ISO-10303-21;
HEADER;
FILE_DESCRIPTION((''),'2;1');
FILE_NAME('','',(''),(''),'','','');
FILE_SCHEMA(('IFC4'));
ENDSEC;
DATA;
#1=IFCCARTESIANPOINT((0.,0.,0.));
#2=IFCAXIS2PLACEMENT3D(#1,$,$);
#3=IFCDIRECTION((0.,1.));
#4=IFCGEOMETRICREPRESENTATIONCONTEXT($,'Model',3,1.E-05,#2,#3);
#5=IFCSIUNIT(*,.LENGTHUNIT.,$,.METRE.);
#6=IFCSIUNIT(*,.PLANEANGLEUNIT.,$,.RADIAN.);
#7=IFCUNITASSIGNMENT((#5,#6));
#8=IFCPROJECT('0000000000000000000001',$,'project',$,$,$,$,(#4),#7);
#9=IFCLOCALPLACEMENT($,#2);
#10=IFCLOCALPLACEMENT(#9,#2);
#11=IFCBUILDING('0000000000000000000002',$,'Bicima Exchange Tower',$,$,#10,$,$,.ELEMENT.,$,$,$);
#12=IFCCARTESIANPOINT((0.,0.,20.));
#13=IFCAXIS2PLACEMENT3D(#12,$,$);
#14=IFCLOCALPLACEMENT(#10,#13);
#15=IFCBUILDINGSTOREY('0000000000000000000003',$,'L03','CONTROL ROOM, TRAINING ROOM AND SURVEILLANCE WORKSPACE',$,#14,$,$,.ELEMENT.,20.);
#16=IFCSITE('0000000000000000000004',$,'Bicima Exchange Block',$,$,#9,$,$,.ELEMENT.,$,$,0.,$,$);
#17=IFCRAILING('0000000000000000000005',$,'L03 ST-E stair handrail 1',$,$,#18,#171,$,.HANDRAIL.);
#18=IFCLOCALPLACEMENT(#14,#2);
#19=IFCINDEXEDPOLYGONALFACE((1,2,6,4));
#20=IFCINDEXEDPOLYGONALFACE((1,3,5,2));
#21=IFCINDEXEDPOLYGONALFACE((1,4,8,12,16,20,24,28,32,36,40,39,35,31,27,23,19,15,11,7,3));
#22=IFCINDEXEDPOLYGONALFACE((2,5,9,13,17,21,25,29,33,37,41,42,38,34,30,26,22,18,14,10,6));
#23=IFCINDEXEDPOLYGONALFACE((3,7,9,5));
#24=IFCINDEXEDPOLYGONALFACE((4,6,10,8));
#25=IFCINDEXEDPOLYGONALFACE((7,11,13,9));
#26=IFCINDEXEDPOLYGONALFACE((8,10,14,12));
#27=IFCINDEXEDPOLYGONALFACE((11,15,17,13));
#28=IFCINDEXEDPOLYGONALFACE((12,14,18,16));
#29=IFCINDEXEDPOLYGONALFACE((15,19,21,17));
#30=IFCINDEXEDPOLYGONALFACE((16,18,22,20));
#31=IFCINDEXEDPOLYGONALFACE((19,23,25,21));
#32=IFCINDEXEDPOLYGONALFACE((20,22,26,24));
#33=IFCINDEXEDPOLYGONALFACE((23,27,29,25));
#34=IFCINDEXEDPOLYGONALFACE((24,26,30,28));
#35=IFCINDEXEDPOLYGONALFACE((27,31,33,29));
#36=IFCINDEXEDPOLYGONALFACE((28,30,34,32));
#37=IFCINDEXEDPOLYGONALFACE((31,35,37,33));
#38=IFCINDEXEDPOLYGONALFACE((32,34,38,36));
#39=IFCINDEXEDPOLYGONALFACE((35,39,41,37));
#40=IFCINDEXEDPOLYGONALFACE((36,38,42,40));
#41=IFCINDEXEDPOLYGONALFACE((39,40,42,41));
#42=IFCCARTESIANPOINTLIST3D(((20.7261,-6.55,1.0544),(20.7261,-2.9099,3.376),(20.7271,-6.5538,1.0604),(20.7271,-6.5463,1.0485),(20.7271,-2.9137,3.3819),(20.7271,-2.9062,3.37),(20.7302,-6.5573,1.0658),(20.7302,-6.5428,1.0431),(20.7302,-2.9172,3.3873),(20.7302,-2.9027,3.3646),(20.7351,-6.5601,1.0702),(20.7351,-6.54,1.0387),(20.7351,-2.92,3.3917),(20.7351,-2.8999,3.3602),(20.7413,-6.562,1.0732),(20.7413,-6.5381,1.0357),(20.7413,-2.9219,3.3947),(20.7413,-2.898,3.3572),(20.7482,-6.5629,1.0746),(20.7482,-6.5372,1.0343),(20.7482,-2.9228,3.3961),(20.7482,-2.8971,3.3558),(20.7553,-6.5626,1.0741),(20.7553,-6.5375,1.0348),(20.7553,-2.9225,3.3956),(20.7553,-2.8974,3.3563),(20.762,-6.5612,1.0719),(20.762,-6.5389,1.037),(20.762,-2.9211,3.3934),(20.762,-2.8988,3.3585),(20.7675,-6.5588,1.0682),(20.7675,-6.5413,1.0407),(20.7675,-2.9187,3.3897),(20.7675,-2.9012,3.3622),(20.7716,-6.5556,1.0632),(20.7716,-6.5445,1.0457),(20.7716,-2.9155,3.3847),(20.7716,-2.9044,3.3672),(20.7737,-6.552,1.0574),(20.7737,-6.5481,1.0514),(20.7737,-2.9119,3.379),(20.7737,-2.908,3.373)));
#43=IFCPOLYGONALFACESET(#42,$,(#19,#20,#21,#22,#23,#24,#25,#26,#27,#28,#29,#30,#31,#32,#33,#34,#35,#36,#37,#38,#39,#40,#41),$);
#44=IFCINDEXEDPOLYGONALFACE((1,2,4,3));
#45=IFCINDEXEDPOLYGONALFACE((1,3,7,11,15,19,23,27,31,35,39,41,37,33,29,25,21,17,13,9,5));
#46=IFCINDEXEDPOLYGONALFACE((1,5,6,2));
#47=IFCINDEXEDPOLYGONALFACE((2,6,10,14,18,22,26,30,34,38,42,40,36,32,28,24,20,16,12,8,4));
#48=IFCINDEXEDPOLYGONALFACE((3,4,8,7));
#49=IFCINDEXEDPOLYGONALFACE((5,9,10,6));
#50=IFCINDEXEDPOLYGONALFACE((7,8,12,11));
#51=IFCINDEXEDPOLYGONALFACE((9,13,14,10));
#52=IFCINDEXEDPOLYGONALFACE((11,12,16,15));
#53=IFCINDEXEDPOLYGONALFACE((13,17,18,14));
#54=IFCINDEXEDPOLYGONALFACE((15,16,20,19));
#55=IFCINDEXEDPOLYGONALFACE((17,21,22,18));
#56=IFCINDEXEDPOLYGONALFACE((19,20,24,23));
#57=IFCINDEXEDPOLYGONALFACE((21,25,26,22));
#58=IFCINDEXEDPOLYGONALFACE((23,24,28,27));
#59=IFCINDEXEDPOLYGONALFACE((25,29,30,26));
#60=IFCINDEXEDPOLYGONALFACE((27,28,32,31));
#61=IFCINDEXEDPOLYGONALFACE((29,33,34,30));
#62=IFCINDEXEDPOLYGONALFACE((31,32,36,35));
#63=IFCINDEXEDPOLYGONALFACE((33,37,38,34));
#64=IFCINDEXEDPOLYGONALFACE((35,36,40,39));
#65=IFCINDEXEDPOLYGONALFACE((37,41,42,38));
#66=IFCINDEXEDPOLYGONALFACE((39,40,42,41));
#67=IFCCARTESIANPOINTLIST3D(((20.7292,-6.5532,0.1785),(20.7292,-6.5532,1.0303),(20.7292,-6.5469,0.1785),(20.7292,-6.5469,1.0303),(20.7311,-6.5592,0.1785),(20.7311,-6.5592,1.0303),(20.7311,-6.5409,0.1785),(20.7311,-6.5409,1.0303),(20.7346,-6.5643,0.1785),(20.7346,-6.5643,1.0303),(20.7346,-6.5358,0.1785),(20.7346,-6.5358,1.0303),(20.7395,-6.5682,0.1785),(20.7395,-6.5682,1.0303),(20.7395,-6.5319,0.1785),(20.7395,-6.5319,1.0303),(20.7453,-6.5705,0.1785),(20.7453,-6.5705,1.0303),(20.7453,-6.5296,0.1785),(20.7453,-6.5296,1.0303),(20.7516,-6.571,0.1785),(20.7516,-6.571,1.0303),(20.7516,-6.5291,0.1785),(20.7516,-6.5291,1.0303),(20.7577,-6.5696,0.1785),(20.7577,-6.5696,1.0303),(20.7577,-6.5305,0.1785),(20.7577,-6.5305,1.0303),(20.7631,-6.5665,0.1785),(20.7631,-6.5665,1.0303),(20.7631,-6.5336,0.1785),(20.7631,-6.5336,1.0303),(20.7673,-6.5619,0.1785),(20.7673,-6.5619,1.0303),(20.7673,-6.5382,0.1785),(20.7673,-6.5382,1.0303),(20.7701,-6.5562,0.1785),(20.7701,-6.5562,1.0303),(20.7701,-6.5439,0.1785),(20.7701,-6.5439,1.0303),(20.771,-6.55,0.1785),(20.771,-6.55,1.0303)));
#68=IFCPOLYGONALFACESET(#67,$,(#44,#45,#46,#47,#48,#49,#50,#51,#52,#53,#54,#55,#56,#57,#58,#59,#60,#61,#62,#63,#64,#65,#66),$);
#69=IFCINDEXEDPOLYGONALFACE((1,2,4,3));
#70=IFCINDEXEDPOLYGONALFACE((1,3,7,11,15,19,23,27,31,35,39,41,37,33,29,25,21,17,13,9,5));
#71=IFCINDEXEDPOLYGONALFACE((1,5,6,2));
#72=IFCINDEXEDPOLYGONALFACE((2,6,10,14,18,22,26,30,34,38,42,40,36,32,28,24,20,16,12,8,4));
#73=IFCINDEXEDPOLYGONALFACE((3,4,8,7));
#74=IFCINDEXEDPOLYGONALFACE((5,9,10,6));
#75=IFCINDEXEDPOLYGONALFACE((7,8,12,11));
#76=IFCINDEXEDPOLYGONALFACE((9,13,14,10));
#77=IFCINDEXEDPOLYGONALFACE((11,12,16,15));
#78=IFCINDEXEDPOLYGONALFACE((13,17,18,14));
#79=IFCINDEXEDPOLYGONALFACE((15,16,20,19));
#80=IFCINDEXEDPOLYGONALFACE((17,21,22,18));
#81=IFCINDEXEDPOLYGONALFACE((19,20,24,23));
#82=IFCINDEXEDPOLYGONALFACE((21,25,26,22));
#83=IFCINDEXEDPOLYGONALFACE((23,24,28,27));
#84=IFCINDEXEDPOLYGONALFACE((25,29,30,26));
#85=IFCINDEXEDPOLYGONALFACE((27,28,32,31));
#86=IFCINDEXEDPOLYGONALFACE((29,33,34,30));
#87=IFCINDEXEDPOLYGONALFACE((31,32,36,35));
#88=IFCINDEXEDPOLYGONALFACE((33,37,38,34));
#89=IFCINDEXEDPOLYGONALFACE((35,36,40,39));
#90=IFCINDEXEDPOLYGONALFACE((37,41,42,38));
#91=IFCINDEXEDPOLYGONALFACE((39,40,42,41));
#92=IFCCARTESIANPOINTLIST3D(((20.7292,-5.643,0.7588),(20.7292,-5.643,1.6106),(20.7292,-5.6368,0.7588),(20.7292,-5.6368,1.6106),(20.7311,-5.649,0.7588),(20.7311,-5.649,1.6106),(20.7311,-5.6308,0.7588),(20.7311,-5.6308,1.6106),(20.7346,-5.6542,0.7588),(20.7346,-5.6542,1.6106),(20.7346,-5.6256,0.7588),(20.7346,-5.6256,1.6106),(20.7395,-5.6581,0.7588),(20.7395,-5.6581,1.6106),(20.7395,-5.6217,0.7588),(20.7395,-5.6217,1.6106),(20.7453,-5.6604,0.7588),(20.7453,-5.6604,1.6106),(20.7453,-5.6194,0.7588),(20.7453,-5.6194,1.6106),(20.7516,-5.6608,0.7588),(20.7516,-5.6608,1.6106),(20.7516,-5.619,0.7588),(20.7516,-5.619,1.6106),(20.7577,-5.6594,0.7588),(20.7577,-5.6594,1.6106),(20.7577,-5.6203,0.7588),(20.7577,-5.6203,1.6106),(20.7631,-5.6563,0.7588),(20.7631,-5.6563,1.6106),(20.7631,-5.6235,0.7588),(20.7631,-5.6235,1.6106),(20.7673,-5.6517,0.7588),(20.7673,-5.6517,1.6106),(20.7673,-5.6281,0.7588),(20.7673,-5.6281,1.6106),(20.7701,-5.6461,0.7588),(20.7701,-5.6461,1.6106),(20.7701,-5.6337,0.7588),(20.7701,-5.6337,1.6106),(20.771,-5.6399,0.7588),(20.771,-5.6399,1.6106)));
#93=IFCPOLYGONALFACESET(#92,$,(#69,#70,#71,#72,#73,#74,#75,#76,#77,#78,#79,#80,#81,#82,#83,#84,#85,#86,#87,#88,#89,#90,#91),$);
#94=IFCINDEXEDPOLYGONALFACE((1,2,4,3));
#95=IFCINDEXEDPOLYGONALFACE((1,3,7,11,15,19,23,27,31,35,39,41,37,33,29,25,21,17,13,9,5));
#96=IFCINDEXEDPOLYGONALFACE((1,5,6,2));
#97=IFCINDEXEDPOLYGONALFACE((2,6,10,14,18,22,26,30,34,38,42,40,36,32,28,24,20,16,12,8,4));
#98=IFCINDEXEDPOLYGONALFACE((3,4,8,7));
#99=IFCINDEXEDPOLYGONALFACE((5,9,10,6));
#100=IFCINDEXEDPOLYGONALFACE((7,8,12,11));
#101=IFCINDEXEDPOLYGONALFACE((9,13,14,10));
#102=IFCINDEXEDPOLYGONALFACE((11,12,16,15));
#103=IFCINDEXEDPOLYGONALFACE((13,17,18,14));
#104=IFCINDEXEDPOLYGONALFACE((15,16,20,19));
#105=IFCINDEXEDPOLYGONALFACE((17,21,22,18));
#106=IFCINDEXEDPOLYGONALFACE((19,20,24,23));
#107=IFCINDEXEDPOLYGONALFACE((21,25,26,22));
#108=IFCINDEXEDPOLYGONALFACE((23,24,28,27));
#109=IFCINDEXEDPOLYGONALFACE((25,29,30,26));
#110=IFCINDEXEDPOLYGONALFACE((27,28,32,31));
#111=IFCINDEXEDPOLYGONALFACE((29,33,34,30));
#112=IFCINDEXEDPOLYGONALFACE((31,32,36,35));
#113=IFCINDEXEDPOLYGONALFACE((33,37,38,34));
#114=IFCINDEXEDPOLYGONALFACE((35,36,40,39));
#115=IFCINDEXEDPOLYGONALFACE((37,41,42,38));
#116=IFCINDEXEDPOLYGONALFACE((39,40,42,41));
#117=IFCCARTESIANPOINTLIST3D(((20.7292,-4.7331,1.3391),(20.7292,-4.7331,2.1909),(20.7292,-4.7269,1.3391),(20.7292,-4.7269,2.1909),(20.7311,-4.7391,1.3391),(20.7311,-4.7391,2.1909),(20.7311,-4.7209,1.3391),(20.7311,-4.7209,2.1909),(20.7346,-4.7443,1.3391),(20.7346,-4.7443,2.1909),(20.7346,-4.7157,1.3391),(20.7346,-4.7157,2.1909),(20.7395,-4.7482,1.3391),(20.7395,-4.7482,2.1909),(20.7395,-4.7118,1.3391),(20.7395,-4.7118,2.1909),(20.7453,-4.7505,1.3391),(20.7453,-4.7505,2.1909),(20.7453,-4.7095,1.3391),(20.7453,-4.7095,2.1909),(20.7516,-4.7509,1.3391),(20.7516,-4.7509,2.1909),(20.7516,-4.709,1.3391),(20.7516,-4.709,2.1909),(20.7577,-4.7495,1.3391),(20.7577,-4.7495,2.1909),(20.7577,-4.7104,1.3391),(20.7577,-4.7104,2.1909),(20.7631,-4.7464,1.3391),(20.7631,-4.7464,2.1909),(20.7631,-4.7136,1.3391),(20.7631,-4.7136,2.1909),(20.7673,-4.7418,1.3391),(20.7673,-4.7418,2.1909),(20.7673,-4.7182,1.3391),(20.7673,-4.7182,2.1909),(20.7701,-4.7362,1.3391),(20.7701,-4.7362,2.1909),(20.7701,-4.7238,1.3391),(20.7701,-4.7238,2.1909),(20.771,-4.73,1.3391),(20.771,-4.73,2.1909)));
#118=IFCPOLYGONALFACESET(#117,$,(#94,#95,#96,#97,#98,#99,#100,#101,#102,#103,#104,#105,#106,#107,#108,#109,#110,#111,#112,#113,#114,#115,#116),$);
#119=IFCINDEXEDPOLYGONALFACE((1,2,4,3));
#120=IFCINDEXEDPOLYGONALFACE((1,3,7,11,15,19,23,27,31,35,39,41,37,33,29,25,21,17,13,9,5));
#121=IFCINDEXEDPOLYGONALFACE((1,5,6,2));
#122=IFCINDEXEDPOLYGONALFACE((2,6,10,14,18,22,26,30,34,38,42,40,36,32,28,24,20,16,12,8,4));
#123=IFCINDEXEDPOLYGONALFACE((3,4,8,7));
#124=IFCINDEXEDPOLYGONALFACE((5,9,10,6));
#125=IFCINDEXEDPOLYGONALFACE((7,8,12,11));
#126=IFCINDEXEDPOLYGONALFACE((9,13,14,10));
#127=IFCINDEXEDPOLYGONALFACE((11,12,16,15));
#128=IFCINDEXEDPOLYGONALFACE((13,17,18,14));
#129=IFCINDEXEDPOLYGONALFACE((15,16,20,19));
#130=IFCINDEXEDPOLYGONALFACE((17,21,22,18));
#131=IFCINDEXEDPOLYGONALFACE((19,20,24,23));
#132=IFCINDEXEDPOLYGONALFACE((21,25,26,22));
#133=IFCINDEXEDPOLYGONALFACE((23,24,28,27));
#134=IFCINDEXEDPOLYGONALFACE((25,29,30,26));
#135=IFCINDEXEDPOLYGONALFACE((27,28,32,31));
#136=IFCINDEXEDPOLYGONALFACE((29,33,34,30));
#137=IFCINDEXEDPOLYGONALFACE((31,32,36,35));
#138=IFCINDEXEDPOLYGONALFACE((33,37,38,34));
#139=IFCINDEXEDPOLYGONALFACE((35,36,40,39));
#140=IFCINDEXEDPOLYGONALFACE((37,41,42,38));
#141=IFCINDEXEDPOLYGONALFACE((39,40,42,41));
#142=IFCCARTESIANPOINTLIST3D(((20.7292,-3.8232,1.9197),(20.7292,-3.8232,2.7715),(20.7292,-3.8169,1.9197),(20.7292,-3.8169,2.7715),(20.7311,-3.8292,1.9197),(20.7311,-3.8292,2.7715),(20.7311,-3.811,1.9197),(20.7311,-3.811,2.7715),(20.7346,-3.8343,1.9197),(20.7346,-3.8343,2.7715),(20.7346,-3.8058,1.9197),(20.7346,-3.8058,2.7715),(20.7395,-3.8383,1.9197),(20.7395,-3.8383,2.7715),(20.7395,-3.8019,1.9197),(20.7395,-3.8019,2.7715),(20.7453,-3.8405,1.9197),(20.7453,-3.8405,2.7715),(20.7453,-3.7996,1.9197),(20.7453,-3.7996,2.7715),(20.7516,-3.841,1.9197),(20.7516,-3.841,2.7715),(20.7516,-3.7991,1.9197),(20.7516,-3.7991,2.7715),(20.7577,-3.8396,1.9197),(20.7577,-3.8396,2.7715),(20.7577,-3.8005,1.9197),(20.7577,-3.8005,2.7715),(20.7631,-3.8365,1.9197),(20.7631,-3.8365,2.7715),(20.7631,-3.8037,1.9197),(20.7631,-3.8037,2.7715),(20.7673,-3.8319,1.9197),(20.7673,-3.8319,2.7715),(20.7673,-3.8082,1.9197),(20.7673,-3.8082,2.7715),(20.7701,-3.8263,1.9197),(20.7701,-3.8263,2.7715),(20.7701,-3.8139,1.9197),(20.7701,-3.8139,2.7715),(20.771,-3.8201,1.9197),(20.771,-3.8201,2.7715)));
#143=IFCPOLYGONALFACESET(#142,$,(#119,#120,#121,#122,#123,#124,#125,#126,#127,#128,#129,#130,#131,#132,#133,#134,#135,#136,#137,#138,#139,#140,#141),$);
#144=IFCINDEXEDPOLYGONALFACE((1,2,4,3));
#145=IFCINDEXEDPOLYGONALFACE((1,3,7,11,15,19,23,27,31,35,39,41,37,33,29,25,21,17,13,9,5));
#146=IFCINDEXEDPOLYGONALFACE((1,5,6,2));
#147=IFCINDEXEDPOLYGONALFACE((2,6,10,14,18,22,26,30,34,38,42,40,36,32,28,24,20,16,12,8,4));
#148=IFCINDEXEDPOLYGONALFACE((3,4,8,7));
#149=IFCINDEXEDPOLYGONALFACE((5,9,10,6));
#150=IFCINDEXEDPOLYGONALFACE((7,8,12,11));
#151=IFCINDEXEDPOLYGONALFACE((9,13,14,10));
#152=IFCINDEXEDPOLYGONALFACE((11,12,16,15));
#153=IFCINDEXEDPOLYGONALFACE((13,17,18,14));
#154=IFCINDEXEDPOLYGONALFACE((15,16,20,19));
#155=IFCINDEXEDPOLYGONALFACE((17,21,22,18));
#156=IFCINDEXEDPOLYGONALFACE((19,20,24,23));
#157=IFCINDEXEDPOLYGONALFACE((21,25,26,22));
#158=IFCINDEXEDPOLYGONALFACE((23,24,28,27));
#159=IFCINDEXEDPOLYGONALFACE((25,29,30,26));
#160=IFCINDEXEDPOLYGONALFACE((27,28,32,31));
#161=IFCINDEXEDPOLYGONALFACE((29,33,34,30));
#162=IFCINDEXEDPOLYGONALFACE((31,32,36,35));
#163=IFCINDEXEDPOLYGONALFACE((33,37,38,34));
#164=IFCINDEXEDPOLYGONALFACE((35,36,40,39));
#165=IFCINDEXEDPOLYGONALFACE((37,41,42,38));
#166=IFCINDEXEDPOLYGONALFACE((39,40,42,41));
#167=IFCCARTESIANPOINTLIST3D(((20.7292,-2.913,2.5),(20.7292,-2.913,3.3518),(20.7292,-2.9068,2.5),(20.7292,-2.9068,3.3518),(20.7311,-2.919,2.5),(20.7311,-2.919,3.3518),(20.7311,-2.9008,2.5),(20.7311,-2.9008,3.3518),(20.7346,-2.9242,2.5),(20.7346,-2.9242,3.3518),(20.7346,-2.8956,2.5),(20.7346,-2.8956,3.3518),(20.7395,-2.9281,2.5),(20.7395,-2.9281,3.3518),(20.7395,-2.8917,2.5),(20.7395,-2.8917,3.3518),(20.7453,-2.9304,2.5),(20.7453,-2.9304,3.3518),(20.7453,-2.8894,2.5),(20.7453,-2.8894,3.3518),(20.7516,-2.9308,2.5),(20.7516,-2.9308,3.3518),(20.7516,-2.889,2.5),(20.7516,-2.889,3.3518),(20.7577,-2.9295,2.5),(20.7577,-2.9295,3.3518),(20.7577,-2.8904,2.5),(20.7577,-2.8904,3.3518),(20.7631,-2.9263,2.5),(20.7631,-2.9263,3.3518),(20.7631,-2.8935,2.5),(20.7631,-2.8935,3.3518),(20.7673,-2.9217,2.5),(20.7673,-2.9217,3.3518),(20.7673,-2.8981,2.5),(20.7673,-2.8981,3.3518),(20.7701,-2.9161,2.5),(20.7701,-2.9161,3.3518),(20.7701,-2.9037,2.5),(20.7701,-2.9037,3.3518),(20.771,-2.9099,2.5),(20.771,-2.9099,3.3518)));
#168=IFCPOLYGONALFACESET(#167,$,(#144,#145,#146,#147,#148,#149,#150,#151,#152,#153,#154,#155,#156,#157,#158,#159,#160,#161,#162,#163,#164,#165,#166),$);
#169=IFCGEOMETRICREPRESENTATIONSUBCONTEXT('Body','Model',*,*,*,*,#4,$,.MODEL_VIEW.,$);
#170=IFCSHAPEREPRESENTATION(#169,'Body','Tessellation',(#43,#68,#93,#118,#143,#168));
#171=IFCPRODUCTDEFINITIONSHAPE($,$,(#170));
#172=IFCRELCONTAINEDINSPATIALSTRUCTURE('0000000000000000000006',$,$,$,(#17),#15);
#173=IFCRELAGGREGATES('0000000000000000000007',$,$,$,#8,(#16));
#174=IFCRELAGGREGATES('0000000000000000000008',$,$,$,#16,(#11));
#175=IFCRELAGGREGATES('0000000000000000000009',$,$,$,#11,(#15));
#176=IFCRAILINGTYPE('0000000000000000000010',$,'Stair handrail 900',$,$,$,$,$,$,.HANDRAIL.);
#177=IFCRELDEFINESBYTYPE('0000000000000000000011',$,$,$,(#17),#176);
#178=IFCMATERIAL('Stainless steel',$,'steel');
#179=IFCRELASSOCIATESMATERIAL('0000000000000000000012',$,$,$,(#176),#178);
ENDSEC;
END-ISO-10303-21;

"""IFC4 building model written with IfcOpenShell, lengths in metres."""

from ifc_helpers import new_model, si_unit, direction, frame, origin, origin_2d, place, context, subcontext, project, spatial, circle, extrude, material, type_object, element, save


model = new_model("IFC4")

# Units and contexts
model_context = context("Model", 3, precision=1e-05, world=origin(), true_north=direction((0.0, 1.0)))
body_context = subcontext(model_context, "Body", "Model", "MODEL_VIEW")
ifc_project = project(units=[si_unit("LENGTHUNIT", "METRE"), si_unit("PLANEANGLEUNIT", "RADIAN")], contexts=[model_context])

# Site, building, storey
site_placement = place(None, origin())
site = spatial("IfcSite", under=ifc_project, at=site_placement, Name="Bicima Exchange Block", CompositionType="ELEMENT", RefElevation=0.0)
building_placement = place(site_placement, origin())
building = spatial("IfcBuilding", under=site, at=building_placement, Name="Bicima Exchange Tower", CompositionType="ELEMENT")
storey_placement = place(building_placement, frame((0.0, 0.0, 20.0)))
storey = spatial("IfcBuildingStorey", under=building, at=storey_placement, Name="L03", Description="CONTROL ROOM, TRAINING ROOM AND SURVEILLANCE WORKSPACE", CompositionType="ELEMENT", Elevation=20.0)

# Railing
ifc_material_1 = material(Name="Stainless steel", Category="steel")
railing_type_1 = type_object("IfcRailingType", Name="Stair handrail 900", PredefinedType="HANDRAIL", material=ifc_material_1)
for number, where, name in (
    (1, (20.75, -6.55, 0.1785), "L03 ST-E stair handrail 1"),
):
    element("IfcRailing", number, at=place(storey_placement, frame(where)), inside=storey, type_object=railing_type_1, Name=name, PredefinedType="HANDRAIL", context=body_context, shape_type="SweptSolid", body=[
        extrude(circle(Radius=0.0239, at=origin_2d()), frame((0.0, 0.0, 0.876), z_axis=(0.0, 0.843128, 0.537713), x_axis=(-1.0, 0.0, 0.0)), (0.0, 0.0, 1.0), 4.3174),
        extrude(circle(Radius=0.021, at=origin_2d()), origin(), (0.0, 0.0, 1.0), 0.8518),
        extrude(circle(Radius=0.021, at=origin_2d()), frame((0.0, 0.9102, 0.5803)), (0.0, 0.0, 1.0), 0.8518),
        extrude(circle(Radius=0.021, at=origin_2d()), frame((0.0, 1.8201, 1.1606)), (0.0, 0.0, 1.0), 0.8518),
        extrude(circle(Radius=0.021, at=origin_2d()), frame((0.0, 2.73, 1.7412)), (0.0, 0.0, 1.0), 0.8518),
        extrude(circle(Radius=0.021, at=origin_2d()), frame((0.0, 3.6401, 2.3215)), (0.0, 0.0, 1.0), 0.8518),
    ])

save(model, "model.ifc")
